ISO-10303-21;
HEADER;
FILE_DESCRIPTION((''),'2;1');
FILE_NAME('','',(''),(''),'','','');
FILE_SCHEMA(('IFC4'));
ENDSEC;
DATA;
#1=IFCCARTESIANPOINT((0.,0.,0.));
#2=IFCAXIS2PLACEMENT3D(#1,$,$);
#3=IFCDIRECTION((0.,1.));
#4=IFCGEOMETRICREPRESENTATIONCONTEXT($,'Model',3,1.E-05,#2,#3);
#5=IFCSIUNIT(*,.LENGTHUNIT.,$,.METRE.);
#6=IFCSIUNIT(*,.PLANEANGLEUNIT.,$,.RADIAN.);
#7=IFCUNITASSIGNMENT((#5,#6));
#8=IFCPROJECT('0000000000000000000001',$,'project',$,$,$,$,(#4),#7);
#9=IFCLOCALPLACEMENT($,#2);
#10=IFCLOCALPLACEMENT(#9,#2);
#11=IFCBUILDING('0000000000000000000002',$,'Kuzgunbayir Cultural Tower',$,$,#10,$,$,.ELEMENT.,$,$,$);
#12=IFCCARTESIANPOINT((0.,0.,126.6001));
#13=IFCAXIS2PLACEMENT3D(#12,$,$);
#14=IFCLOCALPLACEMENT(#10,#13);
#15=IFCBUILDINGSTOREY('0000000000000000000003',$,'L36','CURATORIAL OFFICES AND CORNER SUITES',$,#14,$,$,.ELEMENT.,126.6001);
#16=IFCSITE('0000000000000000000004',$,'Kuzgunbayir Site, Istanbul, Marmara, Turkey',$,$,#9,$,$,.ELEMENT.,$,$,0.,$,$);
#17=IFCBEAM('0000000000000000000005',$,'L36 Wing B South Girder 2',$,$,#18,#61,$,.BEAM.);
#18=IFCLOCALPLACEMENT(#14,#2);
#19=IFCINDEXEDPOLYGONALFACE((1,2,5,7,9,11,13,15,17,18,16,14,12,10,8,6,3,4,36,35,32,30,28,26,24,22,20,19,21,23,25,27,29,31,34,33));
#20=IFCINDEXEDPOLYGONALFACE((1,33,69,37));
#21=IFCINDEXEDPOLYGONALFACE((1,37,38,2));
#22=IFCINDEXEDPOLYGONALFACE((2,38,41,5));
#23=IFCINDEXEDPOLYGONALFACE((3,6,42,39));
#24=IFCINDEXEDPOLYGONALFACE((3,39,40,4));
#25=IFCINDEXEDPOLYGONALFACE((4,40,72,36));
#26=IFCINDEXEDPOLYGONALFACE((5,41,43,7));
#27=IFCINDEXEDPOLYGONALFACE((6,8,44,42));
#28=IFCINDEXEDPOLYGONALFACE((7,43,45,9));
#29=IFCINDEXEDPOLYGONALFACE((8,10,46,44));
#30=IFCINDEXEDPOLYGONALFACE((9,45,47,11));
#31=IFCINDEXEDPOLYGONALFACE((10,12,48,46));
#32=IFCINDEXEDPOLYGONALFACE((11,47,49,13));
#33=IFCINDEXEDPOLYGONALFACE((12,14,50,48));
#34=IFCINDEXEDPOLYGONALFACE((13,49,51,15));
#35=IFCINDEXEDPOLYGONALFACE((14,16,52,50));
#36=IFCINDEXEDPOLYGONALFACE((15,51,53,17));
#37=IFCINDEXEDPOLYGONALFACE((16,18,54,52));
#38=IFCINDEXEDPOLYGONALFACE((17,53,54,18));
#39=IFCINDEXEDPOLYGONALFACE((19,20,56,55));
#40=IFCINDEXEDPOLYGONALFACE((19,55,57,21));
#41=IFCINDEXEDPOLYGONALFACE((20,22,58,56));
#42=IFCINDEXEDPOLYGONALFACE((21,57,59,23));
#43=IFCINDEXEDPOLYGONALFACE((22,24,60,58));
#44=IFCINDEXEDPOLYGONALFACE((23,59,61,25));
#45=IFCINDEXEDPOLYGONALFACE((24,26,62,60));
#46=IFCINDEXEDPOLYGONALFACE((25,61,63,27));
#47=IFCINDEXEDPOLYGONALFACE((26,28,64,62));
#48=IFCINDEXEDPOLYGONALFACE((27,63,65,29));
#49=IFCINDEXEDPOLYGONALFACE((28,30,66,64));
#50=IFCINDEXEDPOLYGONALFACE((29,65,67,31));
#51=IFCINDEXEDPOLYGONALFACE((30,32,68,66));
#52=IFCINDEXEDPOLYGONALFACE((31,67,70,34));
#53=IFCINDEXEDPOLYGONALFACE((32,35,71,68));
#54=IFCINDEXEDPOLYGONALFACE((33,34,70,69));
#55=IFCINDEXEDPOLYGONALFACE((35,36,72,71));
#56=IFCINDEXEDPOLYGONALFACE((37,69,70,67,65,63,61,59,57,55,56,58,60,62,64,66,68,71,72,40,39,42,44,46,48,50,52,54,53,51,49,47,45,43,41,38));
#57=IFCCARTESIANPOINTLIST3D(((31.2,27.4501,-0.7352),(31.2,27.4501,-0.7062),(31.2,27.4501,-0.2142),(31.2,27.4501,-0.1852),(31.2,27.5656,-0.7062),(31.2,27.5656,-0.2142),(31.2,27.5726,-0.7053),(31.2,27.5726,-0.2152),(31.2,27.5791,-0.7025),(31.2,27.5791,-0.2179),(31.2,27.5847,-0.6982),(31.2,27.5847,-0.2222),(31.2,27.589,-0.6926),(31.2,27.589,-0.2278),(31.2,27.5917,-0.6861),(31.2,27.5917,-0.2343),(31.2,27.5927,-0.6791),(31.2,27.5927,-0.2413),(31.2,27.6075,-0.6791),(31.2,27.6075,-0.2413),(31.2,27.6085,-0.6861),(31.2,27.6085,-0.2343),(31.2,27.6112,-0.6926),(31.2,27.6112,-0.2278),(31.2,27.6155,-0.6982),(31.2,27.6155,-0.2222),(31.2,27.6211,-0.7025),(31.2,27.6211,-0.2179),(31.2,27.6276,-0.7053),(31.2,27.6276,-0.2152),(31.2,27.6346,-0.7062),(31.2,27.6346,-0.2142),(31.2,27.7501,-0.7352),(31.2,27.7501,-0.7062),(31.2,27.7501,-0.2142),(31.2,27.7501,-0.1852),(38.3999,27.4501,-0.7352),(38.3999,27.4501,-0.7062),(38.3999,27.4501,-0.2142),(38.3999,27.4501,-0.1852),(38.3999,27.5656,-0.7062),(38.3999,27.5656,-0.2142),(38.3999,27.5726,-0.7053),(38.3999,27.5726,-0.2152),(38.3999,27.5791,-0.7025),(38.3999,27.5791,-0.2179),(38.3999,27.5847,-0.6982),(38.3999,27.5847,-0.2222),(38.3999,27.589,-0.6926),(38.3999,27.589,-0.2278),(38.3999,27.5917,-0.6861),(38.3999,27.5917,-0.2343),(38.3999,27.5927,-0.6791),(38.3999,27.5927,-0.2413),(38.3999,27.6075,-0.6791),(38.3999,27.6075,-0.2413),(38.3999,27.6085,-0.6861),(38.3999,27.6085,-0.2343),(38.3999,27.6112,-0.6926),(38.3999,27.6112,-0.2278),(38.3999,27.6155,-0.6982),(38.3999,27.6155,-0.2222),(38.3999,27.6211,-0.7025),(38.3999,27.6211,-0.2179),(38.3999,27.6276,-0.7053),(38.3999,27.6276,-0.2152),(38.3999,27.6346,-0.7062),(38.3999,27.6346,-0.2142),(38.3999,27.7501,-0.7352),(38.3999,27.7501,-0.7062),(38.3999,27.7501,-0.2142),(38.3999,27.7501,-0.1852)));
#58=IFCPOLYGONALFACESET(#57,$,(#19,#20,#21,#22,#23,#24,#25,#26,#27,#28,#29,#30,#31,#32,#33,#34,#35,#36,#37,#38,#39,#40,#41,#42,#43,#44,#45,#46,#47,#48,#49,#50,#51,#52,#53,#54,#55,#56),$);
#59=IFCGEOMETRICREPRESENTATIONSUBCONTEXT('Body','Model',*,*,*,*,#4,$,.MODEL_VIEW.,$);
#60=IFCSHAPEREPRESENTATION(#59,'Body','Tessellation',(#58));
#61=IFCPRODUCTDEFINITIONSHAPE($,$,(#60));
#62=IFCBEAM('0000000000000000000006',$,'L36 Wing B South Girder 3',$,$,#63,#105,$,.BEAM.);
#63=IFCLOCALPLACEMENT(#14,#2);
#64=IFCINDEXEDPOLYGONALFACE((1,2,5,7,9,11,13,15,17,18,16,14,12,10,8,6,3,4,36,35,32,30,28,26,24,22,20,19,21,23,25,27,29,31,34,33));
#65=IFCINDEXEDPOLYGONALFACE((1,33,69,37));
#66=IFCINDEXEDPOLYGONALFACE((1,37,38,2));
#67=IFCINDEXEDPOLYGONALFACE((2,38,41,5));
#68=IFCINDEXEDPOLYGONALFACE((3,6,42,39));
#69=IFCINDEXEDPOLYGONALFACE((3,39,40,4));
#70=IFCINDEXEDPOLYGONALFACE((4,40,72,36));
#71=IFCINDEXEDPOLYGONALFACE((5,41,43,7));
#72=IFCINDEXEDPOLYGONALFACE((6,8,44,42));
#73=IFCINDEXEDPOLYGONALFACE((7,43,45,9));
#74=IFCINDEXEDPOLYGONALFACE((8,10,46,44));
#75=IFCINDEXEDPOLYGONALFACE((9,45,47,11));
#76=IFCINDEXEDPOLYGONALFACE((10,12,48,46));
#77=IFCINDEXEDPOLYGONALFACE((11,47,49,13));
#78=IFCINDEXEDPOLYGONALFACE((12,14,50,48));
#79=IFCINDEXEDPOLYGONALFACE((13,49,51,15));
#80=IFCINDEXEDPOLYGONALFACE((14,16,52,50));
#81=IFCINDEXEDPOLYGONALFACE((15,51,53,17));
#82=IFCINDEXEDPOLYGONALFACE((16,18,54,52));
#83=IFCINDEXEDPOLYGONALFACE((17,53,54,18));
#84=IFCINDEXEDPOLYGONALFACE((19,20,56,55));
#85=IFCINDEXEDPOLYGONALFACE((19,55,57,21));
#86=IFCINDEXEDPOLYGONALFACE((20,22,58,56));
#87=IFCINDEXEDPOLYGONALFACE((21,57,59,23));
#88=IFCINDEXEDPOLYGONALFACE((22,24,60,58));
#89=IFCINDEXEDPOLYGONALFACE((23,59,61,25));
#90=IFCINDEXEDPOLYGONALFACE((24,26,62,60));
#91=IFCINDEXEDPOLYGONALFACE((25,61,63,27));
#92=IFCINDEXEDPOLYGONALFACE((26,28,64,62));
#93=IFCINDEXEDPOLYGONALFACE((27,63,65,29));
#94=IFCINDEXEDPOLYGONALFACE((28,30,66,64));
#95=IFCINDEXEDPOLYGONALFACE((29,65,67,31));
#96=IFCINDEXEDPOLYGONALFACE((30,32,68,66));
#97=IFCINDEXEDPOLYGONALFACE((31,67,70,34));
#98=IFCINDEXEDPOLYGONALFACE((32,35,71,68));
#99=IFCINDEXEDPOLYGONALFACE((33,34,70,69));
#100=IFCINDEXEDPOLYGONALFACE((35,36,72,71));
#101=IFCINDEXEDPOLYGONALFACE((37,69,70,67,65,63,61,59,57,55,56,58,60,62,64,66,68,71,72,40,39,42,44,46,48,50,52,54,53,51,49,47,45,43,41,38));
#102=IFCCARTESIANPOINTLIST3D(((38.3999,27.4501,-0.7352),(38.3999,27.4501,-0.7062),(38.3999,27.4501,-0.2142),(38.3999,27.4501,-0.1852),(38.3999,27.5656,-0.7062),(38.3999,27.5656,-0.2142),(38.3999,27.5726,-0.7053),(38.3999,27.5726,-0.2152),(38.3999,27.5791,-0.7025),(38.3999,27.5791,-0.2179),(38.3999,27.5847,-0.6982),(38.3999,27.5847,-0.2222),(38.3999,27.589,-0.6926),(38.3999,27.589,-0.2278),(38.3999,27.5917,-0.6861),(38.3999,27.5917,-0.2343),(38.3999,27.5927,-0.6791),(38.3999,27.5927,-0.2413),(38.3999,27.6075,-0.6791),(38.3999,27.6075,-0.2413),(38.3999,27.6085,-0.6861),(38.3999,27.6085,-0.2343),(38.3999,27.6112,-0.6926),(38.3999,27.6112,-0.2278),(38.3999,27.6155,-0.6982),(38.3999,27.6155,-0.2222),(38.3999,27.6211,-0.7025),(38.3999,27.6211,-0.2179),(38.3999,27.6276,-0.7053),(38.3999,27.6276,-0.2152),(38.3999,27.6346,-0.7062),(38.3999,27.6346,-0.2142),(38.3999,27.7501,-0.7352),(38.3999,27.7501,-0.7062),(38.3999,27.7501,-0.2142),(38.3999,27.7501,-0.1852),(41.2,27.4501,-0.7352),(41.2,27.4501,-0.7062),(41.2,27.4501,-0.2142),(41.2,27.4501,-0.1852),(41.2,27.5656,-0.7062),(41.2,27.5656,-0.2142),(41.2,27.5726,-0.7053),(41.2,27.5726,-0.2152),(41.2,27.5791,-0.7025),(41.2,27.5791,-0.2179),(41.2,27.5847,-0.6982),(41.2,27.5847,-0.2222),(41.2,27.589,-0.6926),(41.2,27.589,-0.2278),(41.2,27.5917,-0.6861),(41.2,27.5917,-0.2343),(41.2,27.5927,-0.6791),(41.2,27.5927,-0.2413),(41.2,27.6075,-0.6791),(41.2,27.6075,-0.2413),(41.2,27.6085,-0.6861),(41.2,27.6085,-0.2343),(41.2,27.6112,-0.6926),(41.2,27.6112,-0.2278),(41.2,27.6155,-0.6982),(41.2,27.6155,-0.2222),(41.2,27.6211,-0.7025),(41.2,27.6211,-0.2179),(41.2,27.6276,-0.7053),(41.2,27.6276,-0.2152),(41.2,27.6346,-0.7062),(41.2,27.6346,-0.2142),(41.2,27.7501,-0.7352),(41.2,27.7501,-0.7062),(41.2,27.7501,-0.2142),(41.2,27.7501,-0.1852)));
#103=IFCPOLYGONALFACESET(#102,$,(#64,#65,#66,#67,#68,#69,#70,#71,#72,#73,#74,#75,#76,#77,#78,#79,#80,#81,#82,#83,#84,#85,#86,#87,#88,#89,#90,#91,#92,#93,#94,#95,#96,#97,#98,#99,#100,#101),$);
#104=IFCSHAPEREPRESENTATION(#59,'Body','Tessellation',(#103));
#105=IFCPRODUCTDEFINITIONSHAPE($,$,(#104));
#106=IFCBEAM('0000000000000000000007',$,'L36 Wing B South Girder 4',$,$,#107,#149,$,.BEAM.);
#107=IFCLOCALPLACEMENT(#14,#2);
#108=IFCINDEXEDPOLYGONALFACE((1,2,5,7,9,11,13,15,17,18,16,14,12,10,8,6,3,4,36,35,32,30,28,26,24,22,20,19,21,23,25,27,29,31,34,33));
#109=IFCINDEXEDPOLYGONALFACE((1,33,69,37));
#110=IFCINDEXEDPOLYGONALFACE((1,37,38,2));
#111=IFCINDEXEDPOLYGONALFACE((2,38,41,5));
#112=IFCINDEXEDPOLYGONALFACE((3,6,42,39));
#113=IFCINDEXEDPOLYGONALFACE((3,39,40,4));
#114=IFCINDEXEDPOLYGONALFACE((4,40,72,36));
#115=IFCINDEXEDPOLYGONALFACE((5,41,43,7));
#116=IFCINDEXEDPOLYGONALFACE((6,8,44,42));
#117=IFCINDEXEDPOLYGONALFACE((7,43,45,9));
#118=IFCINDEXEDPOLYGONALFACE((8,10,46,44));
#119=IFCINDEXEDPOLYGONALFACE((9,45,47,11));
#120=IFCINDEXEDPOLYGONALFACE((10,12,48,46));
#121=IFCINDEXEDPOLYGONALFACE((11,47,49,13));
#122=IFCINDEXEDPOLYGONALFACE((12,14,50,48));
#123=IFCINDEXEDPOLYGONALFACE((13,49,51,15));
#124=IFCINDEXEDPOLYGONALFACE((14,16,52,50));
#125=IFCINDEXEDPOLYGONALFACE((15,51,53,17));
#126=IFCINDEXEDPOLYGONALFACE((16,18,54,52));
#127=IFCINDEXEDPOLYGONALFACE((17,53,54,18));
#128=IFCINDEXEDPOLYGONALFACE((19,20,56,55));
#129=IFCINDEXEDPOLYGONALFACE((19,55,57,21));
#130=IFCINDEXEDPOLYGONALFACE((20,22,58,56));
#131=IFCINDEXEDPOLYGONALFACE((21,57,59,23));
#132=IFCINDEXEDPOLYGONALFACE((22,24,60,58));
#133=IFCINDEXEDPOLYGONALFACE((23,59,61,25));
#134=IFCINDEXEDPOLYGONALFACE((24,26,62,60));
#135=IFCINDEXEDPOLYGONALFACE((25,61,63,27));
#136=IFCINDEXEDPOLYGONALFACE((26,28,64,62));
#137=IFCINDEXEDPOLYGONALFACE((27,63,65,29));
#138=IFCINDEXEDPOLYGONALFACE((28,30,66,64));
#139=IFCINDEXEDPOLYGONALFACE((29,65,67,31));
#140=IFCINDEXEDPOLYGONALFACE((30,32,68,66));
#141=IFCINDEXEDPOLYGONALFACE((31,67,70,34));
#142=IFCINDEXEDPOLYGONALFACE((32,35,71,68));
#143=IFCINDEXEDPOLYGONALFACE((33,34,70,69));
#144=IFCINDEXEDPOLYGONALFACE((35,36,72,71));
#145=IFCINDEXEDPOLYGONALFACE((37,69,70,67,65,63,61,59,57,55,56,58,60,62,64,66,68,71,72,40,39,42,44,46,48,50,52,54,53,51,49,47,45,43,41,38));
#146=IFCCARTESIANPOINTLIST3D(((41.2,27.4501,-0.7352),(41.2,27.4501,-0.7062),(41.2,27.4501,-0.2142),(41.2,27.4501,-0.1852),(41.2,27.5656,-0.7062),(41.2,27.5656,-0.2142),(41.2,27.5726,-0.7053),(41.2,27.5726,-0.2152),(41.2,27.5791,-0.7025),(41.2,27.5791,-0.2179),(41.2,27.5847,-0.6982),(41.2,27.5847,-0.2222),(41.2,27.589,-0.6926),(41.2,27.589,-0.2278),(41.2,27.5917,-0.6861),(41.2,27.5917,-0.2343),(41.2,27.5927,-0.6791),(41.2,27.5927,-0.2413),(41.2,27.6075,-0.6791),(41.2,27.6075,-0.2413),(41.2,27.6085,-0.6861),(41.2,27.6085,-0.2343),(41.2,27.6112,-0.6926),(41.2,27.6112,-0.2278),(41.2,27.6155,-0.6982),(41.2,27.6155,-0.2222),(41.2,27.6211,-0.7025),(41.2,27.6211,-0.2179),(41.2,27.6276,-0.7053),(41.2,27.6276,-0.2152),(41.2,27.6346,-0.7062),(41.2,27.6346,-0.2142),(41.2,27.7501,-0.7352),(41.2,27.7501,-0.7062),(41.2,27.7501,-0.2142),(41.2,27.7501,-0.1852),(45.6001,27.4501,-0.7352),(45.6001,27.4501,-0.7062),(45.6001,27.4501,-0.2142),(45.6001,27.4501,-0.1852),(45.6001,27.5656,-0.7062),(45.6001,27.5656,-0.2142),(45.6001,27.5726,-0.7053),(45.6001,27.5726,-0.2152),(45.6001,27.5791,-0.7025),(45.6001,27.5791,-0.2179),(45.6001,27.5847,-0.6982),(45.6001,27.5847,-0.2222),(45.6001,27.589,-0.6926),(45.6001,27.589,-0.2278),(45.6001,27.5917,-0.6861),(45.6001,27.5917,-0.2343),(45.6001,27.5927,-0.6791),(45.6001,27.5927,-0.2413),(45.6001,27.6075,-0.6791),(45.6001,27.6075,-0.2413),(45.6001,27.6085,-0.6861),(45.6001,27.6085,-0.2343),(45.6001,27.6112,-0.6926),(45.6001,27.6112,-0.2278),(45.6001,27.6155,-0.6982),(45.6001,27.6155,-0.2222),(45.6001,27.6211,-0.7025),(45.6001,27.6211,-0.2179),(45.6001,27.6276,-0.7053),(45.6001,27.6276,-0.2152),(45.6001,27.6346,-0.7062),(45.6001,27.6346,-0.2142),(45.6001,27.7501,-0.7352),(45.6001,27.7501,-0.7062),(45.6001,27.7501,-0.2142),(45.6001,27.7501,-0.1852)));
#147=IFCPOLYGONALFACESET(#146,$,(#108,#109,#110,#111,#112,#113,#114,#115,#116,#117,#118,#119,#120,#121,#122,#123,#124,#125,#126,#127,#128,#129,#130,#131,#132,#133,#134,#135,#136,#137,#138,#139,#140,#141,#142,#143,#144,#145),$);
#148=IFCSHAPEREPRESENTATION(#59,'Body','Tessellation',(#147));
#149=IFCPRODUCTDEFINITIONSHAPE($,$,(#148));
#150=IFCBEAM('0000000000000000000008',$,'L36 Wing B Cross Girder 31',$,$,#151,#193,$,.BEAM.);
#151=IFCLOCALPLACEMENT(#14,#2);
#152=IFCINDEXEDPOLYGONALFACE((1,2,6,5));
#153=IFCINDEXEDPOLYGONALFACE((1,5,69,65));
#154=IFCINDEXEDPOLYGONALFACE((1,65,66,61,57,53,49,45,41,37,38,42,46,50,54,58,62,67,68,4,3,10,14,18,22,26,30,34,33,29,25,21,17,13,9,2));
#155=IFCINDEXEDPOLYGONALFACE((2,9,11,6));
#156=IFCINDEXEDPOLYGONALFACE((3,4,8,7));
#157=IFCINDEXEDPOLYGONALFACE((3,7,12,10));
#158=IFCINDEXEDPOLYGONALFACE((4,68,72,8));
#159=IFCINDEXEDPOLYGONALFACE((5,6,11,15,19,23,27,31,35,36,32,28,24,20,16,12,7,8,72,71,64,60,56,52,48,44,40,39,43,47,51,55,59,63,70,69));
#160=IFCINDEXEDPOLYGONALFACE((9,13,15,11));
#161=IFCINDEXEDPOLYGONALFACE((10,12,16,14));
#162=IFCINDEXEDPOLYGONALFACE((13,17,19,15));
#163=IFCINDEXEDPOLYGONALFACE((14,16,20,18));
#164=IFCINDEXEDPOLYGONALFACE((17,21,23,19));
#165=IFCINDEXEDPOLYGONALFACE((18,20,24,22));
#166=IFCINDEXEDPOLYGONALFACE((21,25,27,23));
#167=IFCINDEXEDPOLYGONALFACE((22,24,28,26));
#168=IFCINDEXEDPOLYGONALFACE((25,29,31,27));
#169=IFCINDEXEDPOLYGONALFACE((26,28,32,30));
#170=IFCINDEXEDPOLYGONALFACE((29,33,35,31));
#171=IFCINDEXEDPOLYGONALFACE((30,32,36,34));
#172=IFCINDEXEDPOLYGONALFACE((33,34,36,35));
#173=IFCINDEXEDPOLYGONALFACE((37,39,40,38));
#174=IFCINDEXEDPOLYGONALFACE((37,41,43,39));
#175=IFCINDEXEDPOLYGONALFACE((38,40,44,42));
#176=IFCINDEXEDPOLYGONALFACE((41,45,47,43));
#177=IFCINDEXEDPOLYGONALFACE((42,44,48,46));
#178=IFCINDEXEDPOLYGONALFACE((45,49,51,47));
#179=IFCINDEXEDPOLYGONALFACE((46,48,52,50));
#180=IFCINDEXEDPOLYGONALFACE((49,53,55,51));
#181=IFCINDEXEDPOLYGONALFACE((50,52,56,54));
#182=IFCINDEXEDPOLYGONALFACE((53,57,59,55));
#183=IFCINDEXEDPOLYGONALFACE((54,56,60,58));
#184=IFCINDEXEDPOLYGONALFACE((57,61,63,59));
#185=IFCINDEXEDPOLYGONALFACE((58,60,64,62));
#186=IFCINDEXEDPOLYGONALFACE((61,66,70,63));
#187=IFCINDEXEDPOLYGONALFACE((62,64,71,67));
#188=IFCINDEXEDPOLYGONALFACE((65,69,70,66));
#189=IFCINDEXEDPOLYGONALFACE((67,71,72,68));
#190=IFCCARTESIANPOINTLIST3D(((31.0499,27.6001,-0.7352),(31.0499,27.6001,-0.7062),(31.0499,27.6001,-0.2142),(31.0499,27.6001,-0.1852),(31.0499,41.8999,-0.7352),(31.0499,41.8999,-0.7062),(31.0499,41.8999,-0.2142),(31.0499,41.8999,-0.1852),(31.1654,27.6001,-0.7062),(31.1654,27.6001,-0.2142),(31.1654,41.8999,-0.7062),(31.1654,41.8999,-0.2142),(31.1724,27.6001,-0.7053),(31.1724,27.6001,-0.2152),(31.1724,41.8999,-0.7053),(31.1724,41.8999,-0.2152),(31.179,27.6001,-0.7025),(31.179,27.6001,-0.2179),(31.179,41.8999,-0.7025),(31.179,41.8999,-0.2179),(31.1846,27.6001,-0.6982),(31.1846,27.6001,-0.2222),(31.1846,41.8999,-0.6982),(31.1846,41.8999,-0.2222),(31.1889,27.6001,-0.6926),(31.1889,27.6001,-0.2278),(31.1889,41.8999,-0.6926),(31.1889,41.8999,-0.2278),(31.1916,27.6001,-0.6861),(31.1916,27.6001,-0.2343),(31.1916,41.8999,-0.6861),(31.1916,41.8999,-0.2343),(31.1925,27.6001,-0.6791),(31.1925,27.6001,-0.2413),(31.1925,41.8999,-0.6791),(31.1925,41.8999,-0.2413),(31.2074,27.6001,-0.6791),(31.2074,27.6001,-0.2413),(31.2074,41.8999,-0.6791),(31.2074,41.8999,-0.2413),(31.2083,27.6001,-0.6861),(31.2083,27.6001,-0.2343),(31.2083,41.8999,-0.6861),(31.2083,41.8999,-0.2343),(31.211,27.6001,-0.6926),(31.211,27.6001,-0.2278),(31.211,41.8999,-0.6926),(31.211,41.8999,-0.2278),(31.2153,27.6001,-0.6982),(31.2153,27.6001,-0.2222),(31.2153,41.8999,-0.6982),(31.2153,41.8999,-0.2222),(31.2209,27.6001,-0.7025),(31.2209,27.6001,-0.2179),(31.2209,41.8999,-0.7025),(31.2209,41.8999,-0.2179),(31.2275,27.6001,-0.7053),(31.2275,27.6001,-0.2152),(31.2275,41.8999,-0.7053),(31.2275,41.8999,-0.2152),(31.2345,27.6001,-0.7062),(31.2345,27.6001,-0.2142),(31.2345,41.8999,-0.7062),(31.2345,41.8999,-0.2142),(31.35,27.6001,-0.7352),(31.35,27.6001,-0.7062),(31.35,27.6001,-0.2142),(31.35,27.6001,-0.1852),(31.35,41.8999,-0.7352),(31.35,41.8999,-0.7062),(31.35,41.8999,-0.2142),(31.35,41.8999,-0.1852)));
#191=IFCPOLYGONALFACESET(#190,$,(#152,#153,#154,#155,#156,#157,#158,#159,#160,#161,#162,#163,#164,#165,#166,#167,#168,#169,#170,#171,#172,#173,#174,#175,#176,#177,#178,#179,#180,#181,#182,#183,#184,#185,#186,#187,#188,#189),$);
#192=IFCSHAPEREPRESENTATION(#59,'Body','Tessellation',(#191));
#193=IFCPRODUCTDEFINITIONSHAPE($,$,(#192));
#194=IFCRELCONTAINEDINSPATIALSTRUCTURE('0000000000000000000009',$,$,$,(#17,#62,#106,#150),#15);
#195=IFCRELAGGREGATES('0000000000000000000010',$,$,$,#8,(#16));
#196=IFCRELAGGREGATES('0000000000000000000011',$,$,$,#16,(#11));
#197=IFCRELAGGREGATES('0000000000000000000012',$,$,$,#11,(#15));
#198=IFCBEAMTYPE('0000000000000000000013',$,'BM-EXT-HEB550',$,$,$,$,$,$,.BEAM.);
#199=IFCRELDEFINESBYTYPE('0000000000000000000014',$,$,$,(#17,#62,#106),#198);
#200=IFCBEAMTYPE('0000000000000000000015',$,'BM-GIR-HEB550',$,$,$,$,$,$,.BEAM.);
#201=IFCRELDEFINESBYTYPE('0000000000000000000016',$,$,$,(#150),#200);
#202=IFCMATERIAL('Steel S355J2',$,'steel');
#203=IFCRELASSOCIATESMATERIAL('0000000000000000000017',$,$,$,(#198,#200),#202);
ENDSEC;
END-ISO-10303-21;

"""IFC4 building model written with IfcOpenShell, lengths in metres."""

from ifc_helpers import new_model, si_unit, direction, frame, origin, origin_2d, place, context, subcontext, project, spatial, i_section, extrude, material, material_profile, profile_set, type_object, element, save


model = new_model("IFC4")

# Units and contexts
model_context = context("Model", 3, precision=1e-05, world=origin(), true_north=direction((0.0, 1.0)))
body_context = subcontext(model_context, "Body", "Model", "MODEL_VIEW")
ifc_project = project(units=[si_unit("LENGTHUNIT", "METRE"), si_unit("PLANEANGLEUNIT", "RADIAN")], contexts=[model_context])

# Site, building, storey
site_placement = place(None, origin())
site = spatial("IfcSite", under=ifc_project, at=site_placement, Name="Kuzgunbayir Site, Istanbul, Marmara, Turkey", CompositionType="ELEMENT", RefElevation=0.0)
building_placement = place(site_placement, origin())
building = spatial("IfcBuilding", under=site, at=building_placement, Name="Kuzgunbayir Cultural Tower", CompositionType="ELEMENT")
storey_placement = place(building_placement, frame((0.0, 0.0, 126.6001)))
storey = spatial("IfcBuildingStorey", under=building, at=storey_placement, Name="L36", Description="CURATORIAL OFFICES AND CORNER SUITES", CompositionType="ELEMENT", Elevation=126.6001)

# Beams
ifc_material_1 = material(Name="Steel S355J2", Category="steel")
ifc_material_profile_1 = material_profile(ifc_material_1, i_section(OverallWidth=0.3, OverallDepth=0.55, WebThickness=0.0149, FlangeThickness=0.0291, FilletRadius=0.0271, at=origin_2d()), Name="HEB 550")
ifc_profile_set_1 = profile_set([ifc_material_profile_1], Name="Steel S355J2")
beam_type_1 = type_object("IfcBeamType", Name="BM-EXT-HEB550", PredefinedType="BEAM", material=ifc_profile_set_1)
beam_1_placement = place(storey_placement, frame((31.2, 27.6001, -0.4602), z_axis=(1.0, 0.0, 0.0), x_axis=(0.0, 1.0, 0.0)))
element("IfcBeam", 1, at=beam_1_placement, inside=storey, type_object=beam_type_1, Name="L36 Wing B South Girder 2", PredefinedType="BEAM", context=body_context, shape_type="SweptSolid", body=[
    extrude(i_section(OverallWidth=0.3, OverallDepth=0.55, WebThickness=0.0149, FlangeThickness=0.0291, FilletRadius=0.0271, at=origin_2d()), origin(), (0.0, 0.0, 1.0), 7.2),
])
beam_2_placement = place(storey_placement, frame((38.3999, 27.6001, -0.4602), z_axis=(1.0, 0.0, 0.0), x_axis=(0.0, 1.0, 0.0)))
element("IfcBeam", 2, at=beam_2_placement, inside=storey, type_object=beam_type_1, Name="L36 Wing B South Girder 3", PredefinedType="BEAM", context=body_context, shape_type="SweptSolid", body=[
    extrude(i_section(OverallWidth=0.3, OverallDepth=0.55, WebThickness=0.0149, FlangeThickness=0.0291, FilletRadius=0.0271, at=origin_2d()), origin(), (0.0, 0.0, 1.0), 2.8),
])
beam_3_placement = place(storey_placement, frame((41.2, 27.6001, -0.4602), z_axis=(1.0, 0.0, 0.0), x_axis=(0.0, 1.0, 0.0)))
element("IfcBeam", 3, at=beam_3_placement, inside=storey, type_object=beam_type_1, Name="L36 Wing B South Girder 4", PredefinedType="BEAM", context=body_context, shape_type="SweptSolid", body=[
    extrude(i_section(OverallWidth=0.3, OverallDepth=0.55, WebThickness=0.0149, FlangeThickness=0.0291, FilletRadius=0.0271, at=origin_2d()), origin(), (0.0, 0.0, 1.0), 4.4001),
])
ifc_material_profile_2 = material_profile(ifc_material_1, i_section(OverallWidth=0.3, OverallDepth=0.55, WebThickness=0.0149, FlangeThickness=0.0291, FilletRadius=0.0271, at=origin_2d()), Name="HEB 550")
ifc_profile_set_2 = profile_set([ifc_material_profile_2], Name="Steel S355J2")
beam_type_2 = type_object("IfcBeamType", Name="BM-GIR-HEB550", PredefinedType="BEAM", material=ifc_profile_set_2)
beam_4_placement = place(storey_placement, frame((31.2, 27.6001, -0.4602), z_axis=(0.0, 1.0, 0.0), x_axis=(-1.0, 0.0, 0.0)))
element("IfcBeam", 4, at=beam_4_placement, inside=storey, type_object=beam_type_2, Name="L36 Wing B Cross Girder 31", PredefinedType="BEAM", context=body_context, shape_type="SweptSolid", body=[
    extrude(i_section(OverallWidth=0.3, OverallDepth=0.55, WebThickness=0.0149, FlangeThickness=0.0291, FilletRadius=0.0271, at=origin_2d()), origin(), (0.0, 0.0, 1.0), 14.2998),
])

save(model, "model.ifc")
